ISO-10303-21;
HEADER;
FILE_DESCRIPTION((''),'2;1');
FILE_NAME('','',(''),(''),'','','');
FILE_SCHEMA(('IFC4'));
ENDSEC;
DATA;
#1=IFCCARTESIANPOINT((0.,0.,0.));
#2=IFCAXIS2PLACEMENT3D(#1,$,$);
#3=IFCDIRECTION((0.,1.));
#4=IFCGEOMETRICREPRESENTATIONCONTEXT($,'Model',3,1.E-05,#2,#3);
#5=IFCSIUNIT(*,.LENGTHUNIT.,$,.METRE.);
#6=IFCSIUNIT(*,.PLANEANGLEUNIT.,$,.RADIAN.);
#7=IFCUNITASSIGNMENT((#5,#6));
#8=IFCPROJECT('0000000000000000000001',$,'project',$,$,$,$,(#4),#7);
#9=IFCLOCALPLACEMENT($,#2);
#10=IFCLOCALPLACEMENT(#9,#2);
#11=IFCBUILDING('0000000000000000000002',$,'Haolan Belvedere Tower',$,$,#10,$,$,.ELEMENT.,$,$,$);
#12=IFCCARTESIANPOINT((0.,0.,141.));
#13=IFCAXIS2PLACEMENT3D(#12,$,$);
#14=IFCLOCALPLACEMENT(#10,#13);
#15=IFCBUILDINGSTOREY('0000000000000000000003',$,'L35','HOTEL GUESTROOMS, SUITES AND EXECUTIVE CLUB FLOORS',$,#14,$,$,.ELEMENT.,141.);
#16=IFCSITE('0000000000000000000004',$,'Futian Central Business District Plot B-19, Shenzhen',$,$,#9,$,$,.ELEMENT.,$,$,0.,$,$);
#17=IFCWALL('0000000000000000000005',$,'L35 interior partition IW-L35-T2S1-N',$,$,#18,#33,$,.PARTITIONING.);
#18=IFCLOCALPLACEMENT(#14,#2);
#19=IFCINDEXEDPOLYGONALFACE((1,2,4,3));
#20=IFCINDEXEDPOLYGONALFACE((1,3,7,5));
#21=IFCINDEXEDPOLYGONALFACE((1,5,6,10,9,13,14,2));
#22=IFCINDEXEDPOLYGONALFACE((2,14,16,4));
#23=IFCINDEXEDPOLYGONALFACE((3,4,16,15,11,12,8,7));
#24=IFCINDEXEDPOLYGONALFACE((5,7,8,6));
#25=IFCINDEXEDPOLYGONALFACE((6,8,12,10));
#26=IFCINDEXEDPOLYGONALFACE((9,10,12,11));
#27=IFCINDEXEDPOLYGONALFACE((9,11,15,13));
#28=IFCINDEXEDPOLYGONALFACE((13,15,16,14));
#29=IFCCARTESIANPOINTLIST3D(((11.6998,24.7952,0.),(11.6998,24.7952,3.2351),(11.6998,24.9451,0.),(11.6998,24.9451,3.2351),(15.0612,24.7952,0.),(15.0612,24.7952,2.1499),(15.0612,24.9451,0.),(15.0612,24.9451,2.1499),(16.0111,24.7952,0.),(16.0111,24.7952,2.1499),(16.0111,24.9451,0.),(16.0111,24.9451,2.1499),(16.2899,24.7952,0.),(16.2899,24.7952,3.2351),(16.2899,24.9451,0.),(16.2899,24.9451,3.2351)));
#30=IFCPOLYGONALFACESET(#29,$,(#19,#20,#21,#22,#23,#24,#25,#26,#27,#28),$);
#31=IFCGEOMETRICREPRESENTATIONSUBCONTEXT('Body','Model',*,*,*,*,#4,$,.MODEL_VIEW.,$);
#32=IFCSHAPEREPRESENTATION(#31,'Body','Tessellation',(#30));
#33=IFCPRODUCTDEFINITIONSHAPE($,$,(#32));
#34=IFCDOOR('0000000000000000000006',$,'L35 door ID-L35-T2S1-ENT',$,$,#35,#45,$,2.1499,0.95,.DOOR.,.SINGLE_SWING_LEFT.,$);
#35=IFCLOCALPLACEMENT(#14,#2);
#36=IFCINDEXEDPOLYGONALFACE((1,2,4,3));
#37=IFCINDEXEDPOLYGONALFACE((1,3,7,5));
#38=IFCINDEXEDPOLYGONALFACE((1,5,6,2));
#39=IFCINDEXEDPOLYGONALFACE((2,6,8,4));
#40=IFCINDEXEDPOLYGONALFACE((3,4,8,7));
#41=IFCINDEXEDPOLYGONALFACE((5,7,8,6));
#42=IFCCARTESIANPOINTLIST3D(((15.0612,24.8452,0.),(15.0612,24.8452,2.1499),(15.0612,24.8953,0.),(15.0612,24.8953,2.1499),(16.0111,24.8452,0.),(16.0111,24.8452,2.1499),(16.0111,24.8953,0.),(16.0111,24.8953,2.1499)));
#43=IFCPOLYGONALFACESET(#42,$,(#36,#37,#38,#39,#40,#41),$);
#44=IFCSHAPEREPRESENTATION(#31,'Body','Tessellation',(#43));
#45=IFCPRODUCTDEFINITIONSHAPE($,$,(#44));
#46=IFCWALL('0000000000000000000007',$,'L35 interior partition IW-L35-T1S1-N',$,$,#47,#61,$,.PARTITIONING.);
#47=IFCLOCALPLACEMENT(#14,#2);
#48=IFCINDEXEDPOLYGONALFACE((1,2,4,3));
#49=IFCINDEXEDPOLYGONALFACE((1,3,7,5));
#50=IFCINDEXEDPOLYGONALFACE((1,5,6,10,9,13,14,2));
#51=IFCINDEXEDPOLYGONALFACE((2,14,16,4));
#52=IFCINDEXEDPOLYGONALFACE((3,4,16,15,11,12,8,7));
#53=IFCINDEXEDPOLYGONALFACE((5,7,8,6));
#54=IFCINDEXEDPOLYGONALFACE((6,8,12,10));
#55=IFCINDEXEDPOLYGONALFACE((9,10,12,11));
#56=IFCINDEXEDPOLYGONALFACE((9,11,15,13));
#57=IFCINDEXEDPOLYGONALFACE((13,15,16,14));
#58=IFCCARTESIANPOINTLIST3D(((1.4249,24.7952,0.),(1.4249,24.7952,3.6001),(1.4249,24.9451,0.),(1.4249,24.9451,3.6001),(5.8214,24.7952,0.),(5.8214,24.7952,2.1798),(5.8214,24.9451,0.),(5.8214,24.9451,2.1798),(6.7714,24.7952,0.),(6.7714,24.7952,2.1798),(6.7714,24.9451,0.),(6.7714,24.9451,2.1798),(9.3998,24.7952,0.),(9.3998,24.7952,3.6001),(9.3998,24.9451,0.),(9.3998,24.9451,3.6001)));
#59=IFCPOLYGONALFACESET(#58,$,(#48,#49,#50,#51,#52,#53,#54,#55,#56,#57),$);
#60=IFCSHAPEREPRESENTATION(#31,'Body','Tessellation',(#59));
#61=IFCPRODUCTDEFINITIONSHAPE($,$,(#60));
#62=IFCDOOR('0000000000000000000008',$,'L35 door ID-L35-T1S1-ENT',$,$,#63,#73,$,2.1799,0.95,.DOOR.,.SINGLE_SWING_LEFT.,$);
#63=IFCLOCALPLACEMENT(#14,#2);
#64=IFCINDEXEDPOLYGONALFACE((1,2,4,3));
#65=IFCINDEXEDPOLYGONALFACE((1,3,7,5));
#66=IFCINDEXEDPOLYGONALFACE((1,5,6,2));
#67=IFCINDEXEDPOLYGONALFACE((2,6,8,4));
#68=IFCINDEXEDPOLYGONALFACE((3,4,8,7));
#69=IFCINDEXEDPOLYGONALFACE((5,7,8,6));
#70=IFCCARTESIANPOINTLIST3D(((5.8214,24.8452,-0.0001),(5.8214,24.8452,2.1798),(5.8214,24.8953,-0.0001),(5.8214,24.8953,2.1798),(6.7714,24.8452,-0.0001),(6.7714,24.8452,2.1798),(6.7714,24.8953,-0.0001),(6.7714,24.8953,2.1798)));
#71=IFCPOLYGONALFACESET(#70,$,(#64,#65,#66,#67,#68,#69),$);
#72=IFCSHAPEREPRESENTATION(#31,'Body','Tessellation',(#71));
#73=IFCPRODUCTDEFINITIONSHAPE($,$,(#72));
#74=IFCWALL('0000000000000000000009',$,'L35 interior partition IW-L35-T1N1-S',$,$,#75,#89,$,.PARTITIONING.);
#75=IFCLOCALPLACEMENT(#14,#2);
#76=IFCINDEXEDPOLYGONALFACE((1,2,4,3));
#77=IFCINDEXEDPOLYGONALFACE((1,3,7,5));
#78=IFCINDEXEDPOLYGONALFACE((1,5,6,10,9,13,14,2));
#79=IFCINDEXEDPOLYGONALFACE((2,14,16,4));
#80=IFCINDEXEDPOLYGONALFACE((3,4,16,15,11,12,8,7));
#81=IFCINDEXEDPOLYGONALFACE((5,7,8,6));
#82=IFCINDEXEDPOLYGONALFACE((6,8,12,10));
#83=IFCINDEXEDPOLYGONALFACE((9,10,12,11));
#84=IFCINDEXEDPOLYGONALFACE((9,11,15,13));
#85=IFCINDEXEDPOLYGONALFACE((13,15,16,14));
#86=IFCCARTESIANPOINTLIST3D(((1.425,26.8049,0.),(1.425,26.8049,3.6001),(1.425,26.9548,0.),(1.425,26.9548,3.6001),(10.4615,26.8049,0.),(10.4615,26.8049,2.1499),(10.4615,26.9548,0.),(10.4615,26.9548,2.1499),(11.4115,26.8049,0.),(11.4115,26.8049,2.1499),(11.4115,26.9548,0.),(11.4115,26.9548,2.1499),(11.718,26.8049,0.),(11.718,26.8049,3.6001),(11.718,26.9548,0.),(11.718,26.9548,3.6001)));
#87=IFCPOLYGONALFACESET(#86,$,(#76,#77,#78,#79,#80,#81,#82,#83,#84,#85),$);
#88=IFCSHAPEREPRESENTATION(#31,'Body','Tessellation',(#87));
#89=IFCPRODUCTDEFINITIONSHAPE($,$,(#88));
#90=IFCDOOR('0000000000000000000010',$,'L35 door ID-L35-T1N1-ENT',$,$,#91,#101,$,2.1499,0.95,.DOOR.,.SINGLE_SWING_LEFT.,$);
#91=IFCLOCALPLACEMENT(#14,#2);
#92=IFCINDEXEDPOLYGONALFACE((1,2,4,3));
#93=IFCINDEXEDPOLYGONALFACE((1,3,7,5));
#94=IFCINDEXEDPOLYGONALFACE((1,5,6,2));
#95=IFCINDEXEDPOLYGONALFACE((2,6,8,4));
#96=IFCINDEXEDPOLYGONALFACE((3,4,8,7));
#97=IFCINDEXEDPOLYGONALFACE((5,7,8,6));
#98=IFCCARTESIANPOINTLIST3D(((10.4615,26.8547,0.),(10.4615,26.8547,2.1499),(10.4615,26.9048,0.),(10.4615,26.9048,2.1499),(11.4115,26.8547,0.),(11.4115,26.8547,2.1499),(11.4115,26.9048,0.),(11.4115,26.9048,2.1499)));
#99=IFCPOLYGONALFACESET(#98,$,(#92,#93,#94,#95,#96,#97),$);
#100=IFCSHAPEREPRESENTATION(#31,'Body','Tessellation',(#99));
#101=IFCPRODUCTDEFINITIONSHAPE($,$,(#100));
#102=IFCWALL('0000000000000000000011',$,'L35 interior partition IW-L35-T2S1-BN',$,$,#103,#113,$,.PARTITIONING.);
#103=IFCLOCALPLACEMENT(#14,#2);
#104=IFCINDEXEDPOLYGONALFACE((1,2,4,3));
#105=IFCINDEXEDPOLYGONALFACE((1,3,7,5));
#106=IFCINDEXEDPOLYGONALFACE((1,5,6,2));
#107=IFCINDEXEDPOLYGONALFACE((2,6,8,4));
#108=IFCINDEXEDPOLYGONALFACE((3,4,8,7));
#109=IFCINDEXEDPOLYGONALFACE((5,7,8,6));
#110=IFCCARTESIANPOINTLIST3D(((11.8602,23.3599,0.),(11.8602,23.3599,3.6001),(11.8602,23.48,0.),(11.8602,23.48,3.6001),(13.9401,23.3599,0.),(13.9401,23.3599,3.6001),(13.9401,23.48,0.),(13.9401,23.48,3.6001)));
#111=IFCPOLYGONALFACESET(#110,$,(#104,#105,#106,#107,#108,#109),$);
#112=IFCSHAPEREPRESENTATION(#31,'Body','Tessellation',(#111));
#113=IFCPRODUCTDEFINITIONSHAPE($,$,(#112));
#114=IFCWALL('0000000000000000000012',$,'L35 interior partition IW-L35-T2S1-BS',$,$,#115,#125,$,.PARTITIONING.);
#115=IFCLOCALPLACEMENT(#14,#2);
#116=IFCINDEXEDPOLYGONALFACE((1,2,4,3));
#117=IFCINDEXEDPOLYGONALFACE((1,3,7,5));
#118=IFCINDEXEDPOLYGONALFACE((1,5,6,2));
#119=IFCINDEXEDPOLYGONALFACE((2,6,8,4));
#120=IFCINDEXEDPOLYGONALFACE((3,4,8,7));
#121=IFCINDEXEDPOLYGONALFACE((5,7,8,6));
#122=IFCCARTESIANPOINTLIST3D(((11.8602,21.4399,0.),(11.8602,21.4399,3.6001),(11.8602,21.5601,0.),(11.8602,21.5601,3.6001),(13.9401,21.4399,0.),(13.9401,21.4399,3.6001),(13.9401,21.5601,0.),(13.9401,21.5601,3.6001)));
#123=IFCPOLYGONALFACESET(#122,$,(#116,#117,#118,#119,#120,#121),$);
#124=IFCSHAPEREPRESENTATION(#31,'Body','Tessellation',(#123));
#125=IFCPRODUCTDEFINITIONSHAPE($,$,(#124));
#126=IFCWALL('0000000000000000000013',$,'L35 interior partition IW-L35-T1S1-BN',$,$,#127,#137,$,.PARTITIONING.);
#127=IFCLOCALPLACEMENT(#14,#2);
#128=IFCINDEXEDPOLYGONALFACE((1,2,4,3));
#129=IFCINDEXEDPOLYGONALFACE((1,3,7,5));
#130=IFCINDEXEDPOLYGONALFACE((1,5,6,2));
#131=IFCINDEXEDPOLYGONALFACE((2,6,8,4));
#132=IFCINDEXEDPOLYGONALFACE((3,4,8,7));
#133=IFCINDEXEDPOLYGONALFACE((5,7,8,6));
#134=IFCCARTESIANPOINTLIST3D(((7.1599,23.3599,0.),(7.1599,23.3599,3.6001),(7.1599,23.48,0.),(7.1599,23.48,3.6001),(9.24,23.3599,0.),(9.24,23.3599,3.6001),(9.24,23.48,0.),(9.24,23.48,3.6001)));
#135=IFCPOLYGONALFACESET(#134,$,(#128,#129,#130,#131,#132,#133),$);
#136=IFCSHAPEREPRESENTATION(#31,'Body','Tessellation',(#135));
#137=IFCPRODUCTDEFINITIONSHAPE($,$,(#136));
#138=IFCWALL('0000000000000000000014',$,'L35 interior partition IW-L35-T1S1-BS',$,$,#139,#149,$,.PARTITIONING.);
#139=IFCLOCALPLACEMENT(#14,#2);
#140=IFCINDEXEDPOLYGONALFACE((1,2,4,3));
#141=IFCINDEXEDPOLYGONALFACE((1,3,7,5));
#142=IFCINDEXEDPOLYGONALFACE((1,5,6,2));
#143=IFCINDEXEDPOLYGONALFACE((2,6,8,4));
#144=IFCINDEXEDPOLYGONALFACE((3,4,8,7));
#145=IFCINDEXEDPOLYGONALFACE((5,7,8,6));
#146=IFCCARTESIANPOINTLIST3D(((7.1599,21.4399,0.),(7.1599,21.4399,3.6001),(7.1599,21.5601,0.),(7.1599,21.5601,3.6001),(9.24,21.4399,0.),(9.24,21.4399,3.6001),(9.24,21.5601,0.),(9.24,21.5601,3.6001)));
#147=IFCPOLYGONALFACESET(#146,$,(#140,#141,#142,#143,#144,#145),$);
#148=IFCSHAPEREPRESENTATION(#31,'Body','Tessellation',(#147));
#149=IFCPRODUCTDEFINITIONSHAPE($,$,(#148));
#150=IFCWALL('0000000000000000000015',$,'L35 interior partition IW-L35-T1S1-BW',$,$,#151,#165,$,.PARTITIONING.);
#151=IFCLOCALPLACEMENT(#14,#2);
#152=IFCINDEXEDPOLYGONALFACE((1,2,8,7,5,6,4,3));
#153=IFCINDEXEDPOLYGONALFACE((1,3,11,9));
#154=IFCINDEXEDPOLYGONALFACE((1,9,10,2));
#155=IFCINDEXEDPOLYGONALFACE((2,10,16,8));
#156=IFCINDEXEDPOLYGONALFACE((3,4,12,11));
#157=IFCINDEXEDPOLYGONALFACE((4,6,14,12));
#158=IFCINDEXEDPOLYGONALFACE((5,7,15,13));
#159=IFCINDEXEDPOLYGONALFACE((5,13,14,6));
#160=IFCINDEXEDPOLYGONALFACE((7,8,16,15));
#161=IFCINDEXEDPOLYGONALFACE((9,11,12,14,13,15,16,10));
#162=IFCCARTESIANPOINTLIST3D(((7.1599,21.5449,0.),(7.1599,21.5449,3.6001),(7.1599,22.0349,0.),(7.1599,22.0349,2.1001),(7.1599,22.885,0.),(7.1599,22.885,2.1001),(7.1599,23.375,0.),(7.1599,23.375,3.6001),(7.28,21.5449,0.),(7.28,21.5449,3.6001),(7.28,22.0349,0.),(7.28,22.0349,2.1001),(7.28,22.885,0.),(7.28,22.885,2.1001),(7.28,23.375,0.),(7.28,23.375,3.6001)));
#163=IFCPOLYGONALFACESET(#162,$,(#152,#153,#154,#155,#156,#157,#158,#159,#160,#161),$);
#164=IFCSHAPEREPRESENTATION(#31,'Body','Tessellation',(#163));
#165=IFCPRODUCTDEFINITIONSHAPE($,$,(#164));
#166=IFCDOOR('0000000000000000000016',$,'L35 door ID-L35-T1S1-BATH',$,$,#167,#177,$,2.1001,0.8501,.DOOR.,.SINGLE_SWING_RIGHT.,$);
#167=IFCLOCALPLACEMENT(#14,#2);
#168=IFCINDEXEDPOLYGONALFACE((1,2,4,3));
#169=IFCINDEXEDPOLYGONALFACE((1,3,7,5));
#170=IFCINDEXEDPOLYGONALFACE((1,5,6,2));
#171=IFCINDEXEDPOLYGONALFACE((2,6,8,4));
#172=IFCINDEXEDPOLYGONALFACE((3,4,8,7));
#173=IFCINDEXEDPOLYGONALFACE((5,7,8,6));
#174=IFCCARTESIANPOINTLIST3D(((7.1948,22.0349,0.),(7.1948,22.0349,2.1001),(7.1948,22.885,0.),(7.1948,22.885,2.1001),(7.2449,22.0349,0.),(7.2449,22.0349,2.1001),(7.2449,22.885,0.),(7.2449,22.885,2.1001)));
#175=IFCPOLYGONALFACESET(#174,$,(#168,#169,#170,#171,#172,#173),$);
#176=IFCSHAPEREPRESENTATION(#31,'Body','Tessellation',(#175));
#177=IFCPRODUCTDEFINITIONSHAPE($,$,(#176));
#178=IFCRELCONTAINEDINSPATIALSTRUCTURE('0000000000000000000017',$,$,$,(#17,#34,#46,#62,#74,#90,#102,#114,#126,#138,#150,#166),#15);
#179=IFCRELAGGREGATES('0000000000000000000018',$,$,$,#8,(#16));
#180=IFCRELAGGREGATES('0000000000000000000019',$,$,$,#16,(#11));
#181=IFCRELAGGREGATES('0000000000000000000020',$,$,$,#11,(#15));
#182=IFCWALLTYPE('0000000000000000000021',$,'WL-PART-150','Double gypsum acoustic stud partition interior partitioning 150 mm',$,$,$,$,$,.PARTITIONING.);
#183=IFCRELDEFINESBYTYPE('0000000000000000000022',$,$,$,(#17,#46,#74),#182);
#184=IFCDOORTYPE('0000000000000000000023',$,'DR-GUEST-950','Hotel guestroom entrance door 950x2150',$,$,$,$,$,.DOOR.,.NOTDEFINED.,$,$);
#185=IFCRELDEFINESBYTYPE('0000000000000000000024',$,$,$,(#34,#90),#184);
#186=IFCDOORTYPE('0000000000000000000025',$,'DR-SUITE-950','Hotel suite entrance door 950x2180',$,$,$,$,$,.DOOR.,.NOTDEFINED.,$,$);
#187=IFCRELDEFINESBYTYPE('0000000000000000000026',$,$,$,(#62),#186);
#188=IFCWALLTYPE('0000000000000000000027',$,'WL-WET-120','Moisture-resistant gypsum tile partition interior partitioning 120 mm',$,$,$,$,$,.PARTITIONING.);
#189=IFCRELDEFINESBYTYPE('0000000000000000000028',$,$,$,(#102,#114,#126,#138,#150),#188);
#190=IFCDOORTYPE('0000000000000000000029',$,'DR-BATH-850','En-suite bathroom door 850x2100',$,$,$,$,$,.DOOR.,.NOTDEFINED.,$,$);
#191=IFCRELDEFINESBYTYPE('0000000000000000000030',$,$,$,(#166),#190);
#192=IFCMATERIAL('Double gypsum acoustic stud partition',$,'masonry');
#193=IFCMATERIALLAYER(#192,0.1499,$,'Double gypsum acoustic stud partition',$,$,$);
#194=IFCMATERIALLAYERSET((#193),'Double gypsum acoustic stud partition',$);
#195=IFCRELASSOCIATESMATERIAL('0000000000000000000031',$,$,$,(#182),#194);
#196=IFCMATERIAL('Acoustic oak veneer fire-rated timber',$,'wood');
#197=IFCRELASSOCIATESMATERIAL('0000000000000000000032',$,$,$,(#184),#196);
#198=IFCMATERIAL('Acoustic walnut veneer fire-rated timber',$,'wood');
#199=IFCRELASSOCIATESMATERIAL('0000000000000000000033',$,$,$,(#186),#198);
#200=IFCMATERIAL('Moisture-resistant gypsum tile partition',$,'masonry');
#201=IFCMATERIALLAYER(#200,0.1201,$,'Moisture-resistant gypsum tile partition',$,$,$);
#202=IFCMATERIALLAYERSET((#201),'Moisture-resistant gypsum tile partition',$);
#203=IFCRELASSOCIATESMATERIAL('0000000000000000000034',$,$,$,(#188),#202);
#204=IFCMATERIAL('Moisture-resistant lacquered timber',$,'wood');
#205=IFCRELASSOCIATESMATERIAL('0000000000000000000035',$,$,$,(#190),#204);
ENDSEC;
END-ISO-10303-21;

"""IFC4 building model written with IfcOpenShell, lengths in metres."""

from ifc_helpers import new_model, si_unit, direction, frame, frame_2d, origin, place, context, subcontext, project, spatial, rectangle, extrude, material, layer, layer_set, type_object, element, fill, save


model = new_model("IFC4")

# Units and contexts
model_context = context("Model", 3, precision=1e-05, world=origin(), true_north=direction((0.0, 1.0)))
body_context = subcontext(model_context, "Body", "Model", "MODEL_VIEW")
ifc_project = project(units=[si_unit("LENGTHUNIT", "METRE"), si_unit("PLANEANGLEUNIT", "RADIAN")], contexts=[model_context])

# Site, building, storey
site_placement = place(None, origin())
site = spatial("IfcSite", under=ifc_project, at=site_placement, Name="Futian Central Business District Plot B-19, Shenzhen", CompositionType="ELEMENT", RefElevation=0.0)
building_placement = place(site_placement, origin())
building = spatial("IfcBuilding", under=site, at=building_placement, Name="Haolan Belvedere Tower", CompositionType="ELEMENT")
storey_placement = place(building_placement, frame((0.0, 0.0, 141.0)))
storey = spatial("IfcBuildingStorey", under=building, at=storey_placement, Name="L35", Description="HOTEL GUESTROOMS, SUITES AND EXECUTIVE CLUB FLOORS", CompositionType="ELEMENT", Elevation=141.0)

# Shared definitions
ifc_material_1 = material(Name="Double gypsum acoustic stud partition", Category="masonry")
ifc_layer_1 = layer(ifc_material_1, 0.1499, Name="Double gypsum acoustic stud partition")
ifc_layer_set_1 = layer_set([ifc_layer_1], Name="Double gypsum acoustic stud partition")
wall_type_1 = type_object("IfcWallType", Name="WL-PART-150", Description="Double gypsum acoustic stud partition interior partitioning 150 mm", PredefinedType="PARTITIONING", material=ifc_layer_set_1)

# Walls, openings, doors
wall_1_placement = place(storey_placement, frame((11.7, 24.8701, 0.0), z_axis=(0.0, 0.0, 1.0), x_axis=(1.0, 0.0, 0.0)))
wall_1 = element("IfcWall", 1, at=wall_1_placement, inside=storey, type_object=wall_type_1, Name="L35 interior partition IW-L35-T2S1-N", PredefinedType="PARTITIONING", context=body_context, shape_type="SweptSolid", body=[
    extrude(rectangle(XDim=4.5901, YDim=0.1499, at=frame_2d((2.2949, 0.0))), origin(), (0.0, 0.0, 1.0), 3.2351),
])
opening_1_placement = place(wall_1_placement, frame((4.3113, 0.0, 0.0), z_axis=(0.0, 0.0, 1.0), x_axis=(-1.0, 0.0, 0.0)))
opening_1 = element("IfcOpeningElement", 2, at=opening_1_placement, cuts=wall_1, PredefinedType="OPENING", context=body_context, shape_type="SweptSolid", body=[
    extrude(rectangle(XDim=0.95, YDim=2.1499, at=frame_2d((0.4751, 1.075))), frame((0.0, 0.085, 0.0), z_axis=(0.0, -1.0, 0.0), x_axis=(1.0, 0.0, 0.0)), (0.0, 0.0, 1.0), 0.1699),
])
ifc_material_2 = material(Name="Acoustic oak veneer fire-rated timber", Category="wood")
door_type_1 = type_object("IfcDoorType", Name="DR-GUEST-950", Description="Hotel guestroom entrance door 950x2150", OperationType="NOTDEFINED", PredefinedType="DOOR", material=ifc_material_2)
door_1_placement = place(opening_1_placement, origin())
door_1 = element("IfcDoor", 3, at=door_1_placement, inside=storey, type_object=door_type_1, Name="L35 door ID-L35-T2S1-ENT", OperationType="SINGLE_SWING_LEFT", OverallHeight=2.1499, OverallWidth=0.95, PredefinedType="DOOR", context=body_context, shape_type="SweptSolid", body=[
    extrude(rectangle(XDim=0.95, YDim=2.1499, at=frame_2d((0.4751, 1.075))), frame((0.0, 0.0249, 0.0), z_axis=(0.0, -1.0, 0.0), x_axis=(1.0, 0.0, 0.0)), (0.0, 0.0, 1.0), 0.05),
])
fill(opening_1, door_1)
wall_2_placement = place(storey_placement, frame((1.425, 24.8701, 0.0), z_axis=(0.0, 0.0, 1.0), x_axis=(1.0, 0.0, 0.0)))
wall_2 = element("IfcWall", 4, at=wall_2_placement, inside=storey, type_object=wall_type_1, Name="L35 interior partition IW-L35-T1S1-N", PredefinedType="PARTITIONING", context=body_context, shape_type="SweptSolid", body=[
    extrude(rectangle(XDim=7.9749, YDim=0.1499, at=frame_2d((3.9873, 0.0))), origin(), (0.0, 0.0, 1.0), 3.6001),
])
opening_2_placement = place(wall_2_placement, frame((5.3464, 0.0, 0.0), z_axis=(0.0, 0.0, 1.0), x_axis=(-1.0, 0.0, 0.0)))
opening_2 = element("IfcOpeningElement", 5, at=opening_2_placement, cuts=wall_2, PredefinedType="OPENING", context=body_context, shape_type="SweptSolid", body=[
    extrude(rectangle(XDim=0.95, YDim=2.1799, at=frame_2d((0.4751, 1.0898))), frame((0.0, 0.085, 0.0), z_axis=(0.0, -1.0, 0.0), x_axis=(1.0, 0.0, 0.0)), (0.0, 0.0, 1.0), 0.1699),
])
ifc_material_3 = material(Name="Acoustic walnut veneer fire-rated timber", Category="wood")
door_type_2 = type_object("IfcDoorType", Name="DR-SUITE-950", Description="Hotel suite entrance door 950x2180", OperationType="NOTDEFINED", PredefinedType="DOOR", material=ifc_material_3)
door_2_placement = place(opening_2_placement, origin())
door_2 = element("IfcDoor", 6, at=door_2_placement, inside=storey, type_object=door_type_2, Name="L35 door ID-L35-T1S1-ENT", OperationType="SINGLE_SWING_LEFT", OverallHeight=2.1799, OverallWidth=0.95, PredefinedType="DOOR", context=body_context, shape_type="SweptSolid", body=[
    extrude(rectangle(XDim=0.95, YDim=2.1799, at=frame_2d((0.4751, 1.0898))), frame((0.0, 0.0249, 0.0), z_axis=(0.0, -1.0, 0.0), x_axis=(1.0, 0.0, 0.0)), (0.0, 0.0, 1.0), 0.05),
])
fill(opening_2, door_2)
wall_3_placement = place(storey_placement, frame((1.425, 26.8799, 0.0), z_axis=(0.0, 0.0, 1.0), x_axis=(1.0, 0.0, 0.0)))
wall_3 = element("IfcWall", 7, at=wall_3_placement, inside=storey, type_object=wall_type_1, Name="L35 interior partition IW-L35-T1N1-S", PredefinedType="PARTITIONING", context=body_context, shape_type="SweptSolid", body=[
    extrude(rectangle(XDim=10.293, YDim=0.1499, at=frame_2d((5.1465, 0.0))), origin(), (0.0, 0.0, 1.0), 3.6001),
])
opening_3_placement = place(wall_3_placement, frame((9.0364, 0.0, 0.0)))
opening_3 = element("IfcOpeningElement", 8, at=opening_3_placement, cuts=wall_3, PredefinedType="OPENING", context=body_context, shape_type="SweptSolid", body=[
    extrude(rectangle(XDim=0.95, YDim=2.1499, at=frame_2d((0.4751, 1.075))), frame((0.0, 0.085, 0.0), z_axis=(0.0, -1.0, 0.0), x_axis=(1.0, 0.0, 0.0)), (0.0, 0.0, 1.0), 0.1699),
])
door_3_placement = place(opening_3_placement, origin())
door_3 = element("IfcDoor", 9, at=door_3_placement, inside=storey, type_object=door_type_1, Name="L35 door ID-L35-T1N1-ENT", OperationType="SINGLE_SWING_LEFT", OverallHeight=2.1499, OverallWidth=0.95, PredefinedType="DOOR", context=body_context, shape_type="SweptSolid", body=[
    extrude(rectangle(XDim=0.95, YDim=2.1499, at=frame_2d((0.4751, 1.075))), frame((0.0, 0.0249, 0.0), z_axis=(0.0, -1.0, 0.0), x_axis=(1.0, 0.0, 0.0)), (0.0, 0.0, 1.0), 0.05),
])
fill(opening_3, door_3)

# Walls
ifc_material_4 = material(Name="Moisture-resistant gypsum tile partition", Category="masonry")
ifc_layer_2 = layer(ifc_material_4, 0.1201, Name="Moisture-resistant gypsum tile partition")
ifc_layer_set_2 = layer_set([ifc_layer_2], Name="Moisture-resistant gypsum tile partition")
wall_type_2 = type_object("IfcWallType", Name="WL-WET-120", Description="Moisture-resistant gypsum tile partition interior partitioning 120 mm", PredefinedType="PARTITIONING", material=ifc_layer_set_2)
for number, where, z_axis, x_axis, name in (
    (10, (11.8601, 23.4199, 0.0), (0.0, 0.0, 1.0), (1.0, 0.0, 0.0), "L35 interior partition IW-L35-T2S1-BN"),
    (11, (11.8601, 21.5, 0.0), (0.0, 0.0, 1.0), (1.0, 0.0, 0.0), "L35 interior partition IW-L35-T2S1-BS"),
):
    element("IfcWall", number, at=place(storey_placement, frame(where, z_axis=z_axis, x_axis=x_axis)), inside=storey, type_object=wall_type_2, Name=name, PredefinedType="PARTITIONING", context=body_context, shape_type="SweptSolid", body=[
        extrude(rectangle(XDim=2.0798, YDim=0.1201, at=frame_2d((1.04, 0.0))), origin(), (0.0, 0.0, 1.0), 3.6001),
    ])
for number, where, z_axis, x_axis, name in (
    (12, (7.1599, 23.4199, 0.0), (0.0, 0.0, 1.0), (1.0, 0.0, 0.0), "L35 interior partition IW-L35-T1S1-BN"),
    (13, (7.1599, 21.5, 0.0), (0.0, 0.0, 1.0), (1.0, 0.0, 0.0), "L35 interior partition IW-L35-T1S1-BS"),
):
    element("IfcWall", number, at=place(storey_placement, frame(where, z_axis=z_axis, x_axis=x_axis)), inside=storey, type_object=wall_type_2, Name=name, PredefinedType="PARTITIONING", context=body_context, shape_type="SweptSolid", body=[
        extrude(rectangle(XDim=2.0801, YDim=0.1201, at=frame_2d((1.04, 0.0))), origin(), (0.0, 0.0, 1.0), 3.6001),
    ])

# Wall, opening, door
wall_4_placement = place(storey_placement, frame((7.22, 21.5449, 0.0), z_axis=(0.0, 0.0, 1.0), x_axis=(0.0, 1.0, 0.0)))
wall_4 = element("IfcWall", 14, at=wall_4_placement, inside=storey, type_object=wall_type_2, Name="L35 interior partition IW-L35-T1S1-BW", PredefinedType="PARTITIONING", context=body_context, shape_type="SweptSolid", body=[
    extrude(rectangle(XDim=1.8301, YDim=0.1201, at=frame_2d((0.915, 0.0))), origin(), (0.0, 0.0, 1.0), 3.6001),
])
opening_4_placement = place(wall_4_placement, frame((1.3401, 0.0, 0.0), z_axis=(0.0, 0.0, 1.0), x_axis=(-1.0, 0.0, 0.0)))
opening_4 = element("IfcOpeningElement", 15, at=opening_4_placement, cuts=wall_4, PredefinedType="OPENING", context=body_context, shape_type="SweptSolid", body=[
    extrude(rectangle(XDim=0.8501, YDim=2.1001, at=frame_2d((0.425, 1.05))), frame((0.0, 0.0701, 0.0), z_axis=(0.0, -1.0, 0.0), x_axis=(1.0, 0.0, 0.0)), (0.0, 0.0, 1.0), 0.1401),
])
ifc_material_5 = material(Name="Moisture-resistant lacquered timber", Category="wood")
door_type_3 = type_object("IfcDoorType", Name="DR-BATH-850", Description="En-suite bathroom door 850x2100", OperationType="NOTDEFINED", PredefinedType="DOOR", material=ifc_material_5)
door_4_placement = place(opening_4_placement, origin())
door_4 = element("IfcDoor", 16, at=door_4_placement, inside=storey, type_object=door_type_3, Name="L35 door ID-L35-T1S1-BATH", OperationType="SINGLE_SWING_RIGHT", OverallHeight=2.1001, OverallWidth=0.8501, PredefinedType="DOOR", context=body_context, shape_type="SweptSolid", body=[
    extrude(rectangle(XDim=0.8501, YDim=2.1001, at=frame_2d((0.425, 1.05))), frame((0.0, 0.0249, 0.0), z_axis=(0.0, -1.0, 0.0), x_axis=(1.0, 0.0, 0.0)), (0.0, 0.0, 1.0), 0.05),
])
fill(opening_4, door_4)

save(model, "model.ifc")
